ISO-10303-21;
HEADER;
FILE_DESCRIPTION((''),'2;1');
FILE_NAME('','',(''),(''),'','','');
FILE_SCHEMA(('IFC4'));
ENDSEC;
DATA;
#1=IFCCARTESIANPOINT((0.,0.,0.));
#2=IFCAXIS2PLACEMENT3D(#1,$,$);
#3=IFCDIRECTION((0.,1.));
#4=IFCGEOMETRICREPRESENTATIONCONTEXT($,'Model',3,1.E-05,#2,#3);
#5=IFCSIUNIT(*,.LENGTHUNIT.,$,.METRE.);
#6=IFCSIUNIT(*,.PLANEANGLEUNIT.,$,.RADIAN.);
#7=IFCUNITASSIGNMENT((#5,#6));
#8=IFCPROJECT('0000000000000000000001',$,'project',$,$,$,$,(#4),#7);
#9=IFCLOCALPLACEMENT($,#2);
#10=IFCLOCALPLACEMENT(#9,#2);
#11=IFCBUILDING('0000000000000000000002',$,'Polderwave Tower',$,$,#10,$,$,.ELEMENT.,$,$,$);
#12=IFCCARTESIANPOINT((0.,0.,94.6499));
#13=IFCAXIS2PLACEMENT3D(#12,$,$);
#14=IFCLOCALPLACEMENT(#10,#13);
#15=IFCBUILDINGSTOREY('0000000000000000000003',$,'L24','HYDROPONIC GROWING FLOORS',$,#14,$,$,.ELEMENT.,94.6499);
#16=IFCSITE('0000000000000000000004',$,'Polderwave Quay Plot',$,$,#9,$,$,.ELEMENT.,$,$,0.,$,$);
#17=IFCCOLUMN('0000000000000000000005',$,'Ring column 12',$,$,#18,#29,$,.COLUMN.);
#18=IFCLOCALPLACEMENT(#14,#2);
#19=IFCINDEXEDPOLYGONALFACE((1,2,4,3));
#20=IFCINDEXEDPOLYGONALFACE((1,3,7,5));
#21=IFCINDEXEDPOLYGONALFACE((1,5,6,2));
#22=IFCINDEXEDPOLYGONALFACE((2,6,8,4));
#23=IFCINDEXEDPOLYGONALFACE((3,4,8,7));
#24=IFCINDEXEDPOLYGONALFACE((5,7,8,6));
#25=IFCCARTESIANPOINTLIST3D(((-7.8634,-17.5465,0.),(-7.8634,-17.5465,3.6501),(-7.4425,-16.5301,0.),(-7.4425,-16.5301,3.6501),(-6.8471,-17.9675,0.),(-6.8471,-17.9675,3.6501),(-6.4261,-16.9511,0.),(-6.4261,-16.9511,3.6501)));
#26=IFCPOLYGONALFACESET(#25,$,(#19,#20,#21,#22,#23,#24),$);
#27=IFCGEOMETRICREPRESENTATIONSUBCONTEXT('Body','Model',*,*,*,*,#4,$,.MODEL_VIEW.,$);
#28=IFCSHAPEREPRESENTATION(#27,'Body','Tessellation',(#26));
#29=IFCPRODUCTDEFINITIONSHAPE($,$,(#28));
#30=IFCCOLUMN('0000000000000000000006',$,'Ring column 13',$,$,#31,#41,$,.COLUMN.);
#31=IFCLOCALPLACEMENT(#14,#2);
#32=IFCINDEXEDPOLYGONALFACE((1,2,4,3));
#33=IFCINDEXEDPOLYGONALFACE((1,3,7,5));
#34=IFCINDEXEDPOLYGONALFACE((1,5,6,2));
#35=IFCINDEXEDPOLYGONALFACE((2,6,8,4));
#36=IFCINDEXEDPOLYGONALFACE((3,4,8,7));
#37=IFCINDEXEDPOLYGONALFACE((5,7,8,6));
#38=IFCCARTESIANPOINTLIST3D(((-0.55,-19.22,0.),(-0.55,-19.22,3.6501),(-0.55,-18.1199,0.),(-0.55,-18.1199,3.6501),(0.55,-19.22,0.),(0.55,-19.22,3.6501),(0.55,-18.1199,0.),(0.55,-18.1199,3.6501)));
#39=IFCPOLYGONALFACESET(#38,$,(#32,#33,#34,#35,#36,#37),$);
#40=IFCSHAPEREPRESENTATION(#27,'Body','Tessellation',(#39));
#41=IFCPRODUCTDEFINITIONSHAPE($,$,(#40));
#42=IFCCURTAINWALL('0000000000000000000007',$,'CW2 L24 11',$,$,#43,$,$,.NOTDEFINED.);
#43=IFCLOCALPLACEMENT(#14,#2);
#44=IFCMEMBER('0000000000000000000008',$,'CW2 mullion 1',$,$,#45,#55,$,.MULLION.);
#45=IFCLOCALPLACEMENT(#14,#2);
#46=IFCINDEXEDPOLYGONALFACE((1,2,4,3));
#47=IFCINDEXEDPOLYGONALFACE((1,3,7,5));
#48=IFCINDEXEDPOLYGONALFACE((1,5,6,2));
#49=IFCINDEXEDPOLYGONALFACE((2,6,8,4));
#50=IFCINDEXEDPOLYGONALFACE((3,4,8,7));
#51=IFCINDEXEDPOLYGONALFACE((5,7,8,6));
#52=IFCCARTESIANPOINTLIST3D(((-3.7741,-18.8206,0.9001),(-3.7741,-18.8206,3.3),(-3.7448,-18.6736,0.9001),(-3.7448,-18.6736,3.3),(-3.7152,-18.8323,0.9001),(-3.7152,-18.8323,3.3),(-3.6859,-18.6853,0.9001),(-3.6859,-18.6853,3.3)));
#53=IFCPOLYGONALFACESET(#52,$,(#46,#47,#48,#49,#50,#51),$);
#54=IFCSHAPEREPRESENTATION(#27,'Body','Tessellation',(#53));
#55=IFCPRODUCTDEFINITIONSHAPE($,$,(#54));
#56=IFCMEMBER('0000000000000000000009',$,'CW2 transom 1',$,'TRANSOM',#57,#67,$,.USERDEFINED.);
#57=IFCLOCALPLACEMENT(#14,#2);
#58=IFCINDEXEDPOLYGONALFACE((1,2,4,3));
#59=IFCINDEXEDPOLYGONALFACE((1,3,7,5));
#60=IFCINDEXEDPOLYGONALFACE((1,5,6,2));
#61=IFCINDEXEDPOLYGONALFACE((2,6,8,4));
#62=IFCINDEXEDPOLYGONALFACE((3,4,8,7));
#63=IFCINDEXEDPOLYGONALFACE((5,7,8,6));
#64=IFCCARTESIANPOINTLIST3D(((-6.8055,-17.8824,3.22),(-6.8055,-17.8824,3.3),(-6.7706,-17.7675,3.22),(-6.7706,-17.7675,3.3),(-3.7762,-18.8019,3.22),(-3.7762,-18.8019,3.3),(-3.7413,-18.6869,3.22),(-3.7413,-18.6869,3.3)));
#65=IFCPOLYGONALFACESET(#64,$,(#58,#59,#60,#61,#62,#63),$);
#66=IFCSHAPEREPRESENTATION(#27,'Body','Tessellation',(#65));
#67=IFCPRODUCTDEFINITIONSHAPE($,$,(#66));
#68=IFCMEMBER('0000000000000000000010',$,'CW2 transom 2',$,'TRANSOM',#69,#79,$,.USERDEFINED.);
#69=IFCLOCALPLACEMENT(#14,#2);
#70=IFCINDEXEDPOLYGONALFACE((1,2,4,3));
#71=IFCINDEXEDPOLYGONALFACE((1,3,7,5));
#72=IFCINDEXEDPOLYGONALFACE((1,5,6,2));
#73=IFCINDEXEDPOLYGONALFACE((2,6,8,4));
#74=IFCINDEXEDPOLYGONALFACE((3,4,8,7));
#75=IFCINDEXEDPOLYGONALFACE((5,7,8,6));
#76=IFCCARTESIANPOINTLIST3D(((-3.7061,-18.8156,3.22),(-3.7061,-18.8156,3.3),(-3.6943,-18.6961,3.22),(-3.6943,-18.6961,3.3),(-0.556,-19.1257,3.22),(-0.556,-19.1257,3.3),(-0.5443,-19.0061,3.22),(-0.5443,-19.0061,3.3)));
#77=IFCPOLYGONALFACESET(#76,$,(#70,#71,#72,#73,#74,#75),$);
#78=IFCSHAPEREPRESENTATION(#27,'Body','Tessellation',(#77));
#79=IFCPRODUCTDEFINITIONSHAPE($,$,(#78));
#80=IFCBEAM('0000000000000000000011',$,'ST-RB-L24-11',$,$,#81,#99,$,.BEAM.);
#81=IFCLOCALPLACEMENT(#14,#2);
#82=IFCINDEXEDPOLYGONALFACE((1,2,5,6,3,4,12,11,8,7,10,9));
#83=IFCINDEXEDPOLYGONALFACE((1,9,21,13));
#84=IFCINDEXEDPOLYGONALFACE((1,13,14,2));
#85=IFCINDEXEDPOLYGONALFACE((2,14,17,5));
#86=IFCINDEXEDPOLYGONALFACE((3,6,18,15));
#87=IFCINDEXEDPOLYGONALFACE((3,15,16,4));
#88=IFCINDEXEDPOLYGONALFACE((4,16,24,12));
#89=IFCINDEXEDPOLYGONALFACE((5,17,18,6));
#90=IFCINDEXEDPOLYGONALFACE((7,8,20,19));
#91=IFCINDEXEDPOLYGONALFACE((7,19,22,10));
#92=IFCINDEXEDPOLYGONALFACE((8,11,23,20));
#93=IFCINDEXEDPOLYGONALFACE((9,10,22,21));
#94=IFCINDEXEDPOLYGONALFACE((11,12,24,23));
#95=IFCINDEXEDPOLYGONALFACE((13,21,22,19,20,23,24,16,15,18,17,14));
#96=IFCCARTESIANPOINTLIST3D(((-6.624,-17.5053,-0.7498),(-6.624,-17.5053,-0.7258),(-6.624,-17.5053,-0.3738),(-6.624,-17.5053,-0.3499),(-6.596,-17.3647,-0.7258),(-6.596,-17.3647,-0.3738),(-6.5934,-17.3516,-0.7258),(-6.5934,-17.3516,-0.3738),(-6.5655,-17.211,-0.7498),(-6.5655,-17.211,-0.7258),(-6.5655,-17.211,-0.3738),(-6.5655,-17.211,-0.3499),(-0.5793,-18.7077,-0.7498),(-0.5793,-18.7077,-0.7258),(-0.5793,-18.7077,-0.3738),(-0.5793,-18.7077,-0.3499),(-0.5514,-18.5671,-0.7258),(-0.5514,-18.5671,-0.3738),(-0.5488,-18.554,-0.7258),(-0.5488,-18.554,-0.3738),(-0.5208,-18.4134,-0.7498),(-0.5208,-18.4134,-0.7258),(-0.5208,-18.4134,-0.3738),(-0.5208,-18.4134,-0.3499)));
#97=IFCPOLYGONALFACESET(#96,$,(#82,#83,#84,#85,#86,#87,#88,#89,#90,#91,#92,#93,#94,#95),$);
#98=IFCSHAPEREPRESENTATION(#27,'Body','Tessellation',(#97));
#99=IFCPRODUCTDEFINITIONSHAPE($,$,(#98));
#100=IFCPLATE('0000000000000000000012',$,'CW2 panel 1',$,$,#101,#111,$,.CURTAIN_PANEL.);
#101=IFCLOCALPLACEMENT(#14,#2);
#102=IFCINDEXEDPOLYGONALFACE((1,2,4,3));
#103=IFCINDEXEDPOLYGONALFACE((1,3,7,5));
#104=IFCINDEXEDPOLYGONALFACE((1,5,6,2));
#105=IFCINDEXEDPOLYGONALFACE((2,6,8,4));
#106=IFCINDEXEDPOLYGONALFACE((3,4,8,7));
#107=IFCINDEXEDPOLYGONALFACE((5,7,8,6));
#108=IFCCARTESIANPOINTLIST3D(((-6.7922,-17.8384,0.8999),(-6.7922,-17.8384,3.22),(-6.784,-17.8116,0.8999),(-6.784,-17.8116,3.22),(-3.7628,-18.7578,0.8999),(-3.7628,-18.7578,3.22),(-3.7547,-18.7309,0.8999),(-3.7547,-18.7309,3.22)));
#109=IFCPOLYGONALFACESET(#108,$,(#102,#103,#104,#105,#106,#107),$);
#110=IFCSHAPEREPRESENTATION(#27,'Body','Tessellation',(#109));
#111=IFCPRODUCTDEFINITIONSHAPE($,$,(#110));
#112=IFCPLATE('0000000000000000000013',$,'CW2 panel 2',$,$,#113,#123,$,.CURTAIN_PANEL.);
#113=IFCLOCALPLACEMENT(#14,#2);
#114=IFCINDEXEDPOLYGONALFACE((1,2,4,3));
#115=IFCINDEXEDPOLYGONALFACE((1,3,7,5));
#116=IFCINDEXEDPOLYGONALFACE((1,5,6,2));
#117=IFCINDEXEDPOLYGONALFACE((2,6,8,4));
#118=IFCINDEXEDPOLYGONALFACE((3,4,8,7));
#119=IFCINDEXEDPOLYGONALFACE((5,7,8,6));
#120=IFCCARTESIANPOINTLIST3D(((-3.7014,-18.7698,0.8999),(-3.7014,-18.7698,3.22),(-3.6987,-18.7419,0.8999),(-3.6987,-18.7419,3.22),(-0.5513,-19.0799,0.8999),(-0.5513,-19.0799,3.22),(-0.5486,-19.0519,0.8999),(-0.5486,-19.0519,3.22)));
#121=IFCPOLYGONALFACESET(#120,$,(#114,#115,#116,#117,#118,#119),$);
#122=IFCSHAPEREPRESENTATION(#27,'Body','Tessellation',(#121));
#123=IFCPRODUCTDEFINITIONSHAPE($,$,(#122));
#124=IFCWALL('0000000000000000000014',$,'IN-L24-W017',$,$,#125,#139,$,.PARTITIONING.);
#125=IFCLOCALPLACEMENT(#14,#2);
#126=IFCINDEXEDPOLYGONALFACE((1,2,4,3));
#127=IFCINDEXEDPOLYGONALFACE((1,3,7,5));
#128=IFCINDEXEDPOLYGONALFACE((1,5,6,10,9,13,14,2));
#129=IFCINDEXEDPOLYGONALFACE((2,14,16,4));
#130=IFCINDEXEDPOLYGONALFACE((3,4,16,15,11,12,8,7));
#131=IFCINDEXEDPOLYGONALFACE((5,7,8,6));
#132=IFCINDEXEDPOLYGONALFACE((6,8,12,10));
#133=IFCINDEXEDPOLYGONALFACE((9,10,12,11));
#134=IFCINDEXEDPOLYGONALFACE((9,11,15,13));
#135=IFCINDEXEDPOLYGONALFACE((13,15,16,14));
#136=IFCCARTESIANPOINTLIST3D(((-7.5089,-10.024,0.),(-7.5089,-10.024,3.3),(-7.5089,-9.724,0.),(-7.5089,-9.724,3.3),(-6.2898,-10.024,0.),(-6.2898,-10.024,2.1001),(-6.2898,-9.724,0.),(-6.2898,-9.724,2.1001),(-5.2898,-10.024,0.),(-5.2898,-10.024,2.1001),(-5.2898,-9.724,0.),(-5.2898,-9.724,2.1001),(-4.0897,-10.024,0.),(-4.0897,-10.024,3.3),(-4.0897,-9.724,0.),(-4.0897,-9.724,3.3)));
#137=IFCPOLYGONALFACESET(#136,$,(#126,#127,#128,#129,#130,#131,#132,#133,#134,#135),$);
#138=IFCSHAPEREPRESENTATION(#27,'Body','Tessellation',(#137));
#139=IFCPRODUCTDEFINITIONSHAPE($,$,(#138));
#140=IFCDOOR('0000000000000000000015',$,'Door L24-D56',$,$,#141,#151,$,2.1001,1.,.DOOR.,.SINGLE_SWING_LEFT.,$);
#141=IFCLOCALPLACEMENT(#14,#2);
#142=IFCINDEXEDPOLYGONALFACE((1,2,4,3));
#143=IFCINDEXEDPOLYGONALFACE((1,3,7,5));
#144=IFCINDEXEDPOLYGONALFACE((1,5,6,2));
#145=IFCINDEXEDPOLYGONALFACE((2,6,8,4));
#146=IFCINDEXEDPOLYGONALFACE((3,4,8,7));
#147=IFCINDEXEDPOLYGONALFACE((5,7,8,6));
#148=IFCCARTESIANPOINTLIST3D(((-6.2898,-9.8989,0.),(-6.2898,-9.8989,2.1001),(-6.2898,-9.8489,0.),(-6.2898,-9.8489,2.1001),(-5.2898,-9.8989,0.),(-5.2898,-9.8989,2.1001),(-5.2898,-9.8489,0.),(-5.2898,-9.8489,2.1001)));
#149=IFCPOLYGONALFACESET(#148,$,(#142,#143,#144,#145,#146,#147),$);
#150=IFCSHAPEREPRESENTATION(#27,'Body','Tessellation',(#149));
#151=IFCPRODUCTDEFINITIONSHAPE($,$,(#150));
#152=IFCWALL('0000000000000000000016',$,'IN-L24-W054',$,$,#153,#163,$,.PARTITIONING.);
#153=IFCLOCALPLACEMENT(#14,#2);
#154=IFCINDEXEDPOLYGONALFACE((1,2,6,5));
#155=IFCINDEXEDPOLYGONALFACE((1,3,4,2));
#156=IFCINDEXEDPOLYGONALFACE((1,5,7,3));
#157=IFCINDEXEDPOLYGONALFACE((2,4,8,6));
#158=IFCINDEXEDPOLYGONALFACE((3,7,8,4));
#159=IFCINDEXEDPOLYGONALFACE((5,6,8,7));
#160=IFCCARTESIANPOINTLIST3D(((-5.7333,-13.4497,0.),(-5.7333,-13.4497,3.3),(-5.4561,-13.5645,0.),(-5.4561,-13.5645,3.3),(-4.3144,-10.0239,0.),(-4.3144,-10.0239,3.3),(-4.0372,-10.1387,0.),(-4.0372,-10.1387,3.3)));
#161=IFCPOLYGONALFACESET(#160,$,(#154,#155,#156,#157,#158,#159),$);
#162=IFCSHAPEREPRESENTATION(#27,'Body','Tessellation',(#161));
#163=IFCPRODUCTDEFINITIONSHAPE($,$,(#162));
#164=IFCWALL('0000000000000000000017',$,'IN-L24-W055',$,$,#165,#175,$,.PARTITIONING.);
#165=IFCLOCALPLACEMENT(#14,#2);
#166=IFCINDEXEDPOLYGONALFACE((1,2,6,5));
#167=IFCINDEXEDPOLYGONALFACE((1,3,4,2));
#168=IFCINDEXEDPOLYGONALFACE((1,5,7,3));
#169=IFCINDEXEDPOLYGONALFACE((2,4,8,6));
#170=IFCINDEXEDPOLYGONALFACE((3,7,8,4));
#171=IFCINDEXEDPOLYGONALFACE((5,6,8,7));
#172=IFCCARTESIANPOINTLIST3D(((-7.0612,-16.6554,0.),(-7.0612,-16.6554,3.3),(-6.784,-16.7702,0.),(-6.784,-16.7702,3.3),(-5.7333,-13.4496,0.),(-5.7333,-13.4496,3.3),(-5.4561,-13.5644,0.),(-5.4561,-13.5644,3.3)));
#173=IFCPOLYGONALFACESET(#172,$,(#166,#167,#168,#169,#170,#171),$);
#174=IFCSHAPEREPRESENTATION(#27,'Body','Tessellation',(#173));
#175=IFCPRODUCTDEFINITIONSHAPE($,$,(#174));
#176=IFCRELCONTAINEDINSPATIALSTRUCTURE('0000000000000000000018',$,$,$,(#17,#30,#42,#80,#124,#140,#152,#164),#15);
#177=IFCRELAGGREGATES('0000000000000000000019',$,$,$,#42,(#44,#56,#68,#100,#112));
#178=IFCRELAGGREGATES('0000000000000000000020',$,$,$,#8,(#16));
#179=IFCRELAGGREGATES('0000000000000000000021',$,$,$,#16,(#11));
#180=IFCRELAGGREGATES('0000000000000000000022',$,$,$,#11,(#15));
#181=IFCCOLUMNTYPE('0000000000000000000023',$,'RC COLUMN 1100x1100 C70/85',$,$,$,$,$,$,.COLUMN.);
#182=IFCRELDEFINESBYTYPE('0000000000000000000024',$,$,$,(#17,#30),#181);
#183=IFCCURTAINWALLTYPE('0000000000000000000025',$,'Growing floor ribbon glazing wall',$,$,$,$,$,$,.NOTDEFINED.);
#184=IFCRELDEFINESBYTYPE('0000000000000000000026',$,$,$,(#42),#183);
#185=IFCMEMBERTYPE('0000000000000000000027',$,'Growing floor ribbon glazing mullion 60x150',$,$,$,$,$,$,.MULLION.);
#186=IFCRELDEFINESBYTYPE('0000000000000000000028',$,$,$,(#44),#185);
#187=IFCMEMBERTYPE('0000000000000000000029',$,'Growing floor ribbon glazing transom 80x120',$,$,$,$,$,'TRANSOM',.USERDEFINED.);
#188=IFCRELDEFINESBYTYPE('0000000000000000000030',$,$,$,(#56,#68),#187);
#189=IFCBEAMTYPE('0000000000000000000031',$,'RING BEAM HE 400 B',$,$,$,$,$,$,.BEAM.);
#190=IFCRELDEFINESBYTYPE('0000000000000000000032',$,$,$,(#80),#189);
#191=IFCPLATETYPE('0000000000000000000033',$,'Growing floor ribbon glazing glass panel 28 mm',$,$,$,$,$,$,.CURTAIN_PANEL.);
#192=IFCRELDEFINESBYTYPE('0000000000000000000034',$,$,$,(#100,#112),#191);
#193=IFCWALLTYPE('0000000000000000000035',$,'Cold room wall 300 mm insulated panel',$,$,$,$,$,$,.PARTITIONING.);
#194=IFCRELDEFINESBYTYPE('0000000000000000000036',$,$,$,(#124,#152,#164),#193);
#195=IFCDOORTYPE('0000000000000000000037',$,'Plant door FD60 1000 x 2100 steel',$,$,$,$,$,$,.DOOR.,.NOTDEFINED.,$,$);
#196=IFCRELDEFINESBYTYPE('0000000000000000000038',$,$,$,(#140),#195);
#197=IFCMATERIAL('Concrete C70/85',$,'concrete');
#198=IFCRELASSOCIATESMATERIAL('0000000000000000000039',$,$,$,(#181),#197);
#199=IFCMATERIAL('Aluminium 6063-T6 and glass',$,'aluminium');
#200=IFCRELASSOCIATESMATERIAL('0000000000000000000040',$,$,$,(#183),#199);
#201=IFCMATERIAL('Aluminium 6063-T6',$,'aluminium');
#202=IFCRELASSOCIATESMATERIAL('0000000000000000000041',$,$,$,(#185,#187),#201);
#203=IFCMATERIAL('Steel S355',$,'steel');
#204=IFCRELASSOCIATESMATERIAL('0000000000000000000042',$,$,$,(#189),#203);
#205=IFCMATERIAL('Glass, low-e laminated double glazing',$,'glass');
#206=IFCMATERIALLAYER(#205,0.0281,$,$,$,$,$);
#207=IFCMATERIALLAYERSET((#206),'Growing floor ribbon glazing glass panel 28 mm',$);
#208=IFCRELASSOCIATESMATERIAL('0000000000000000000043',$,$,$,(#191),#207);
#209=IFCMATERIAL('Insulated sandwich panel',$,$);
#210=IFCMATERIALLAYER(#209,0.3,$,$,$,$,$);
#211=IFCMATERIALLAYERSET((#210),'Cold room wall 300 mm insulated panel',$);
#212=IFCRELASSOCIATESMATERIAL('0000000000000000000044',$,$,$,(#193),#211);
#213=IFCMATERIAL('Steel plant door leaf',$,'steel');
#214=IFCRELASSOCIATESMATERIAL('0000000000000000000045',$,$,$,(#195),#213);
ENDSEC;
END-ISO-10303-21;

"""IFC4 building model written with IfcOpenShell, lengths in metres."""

from ifc_helpers import new_model, si_unit, direction, frame, frame_2d, origin, origin_2d, place, context, subcontext, project, spatial, rectangle, i_section, extrude, material, layer, layer_set, material_profile, profile_set, type_object, element, fill, aggregate, save


model = new_model("IFC4")

# Units and contexts
model_context = context("Model", 3, precision=1e-05, world=origin(), true_north=direction((0.0, 1.0)))
body_context = subcontext(model_context, "Body", "Model", "MODEL_VIEW")
ifc_project = project(units=[si_unit("LENGTHUNIT", "METRE"), si_unit("PLANEANGLEUNIT", "RADIAN")], contexts=[model_context])

# Site, building, storey
site_placement = place(None, origin())
site = spatial("IfcSite", under=ifc_project, at=site_placement, Name="Polderwave Quay Plot", CompositionType="ELEMENT", RefElevation=0.0)
building_placement = place(site_placement, origin())
building = spatial("IfcBuilding", under=site, at=building_placement, Name="Polderwave Tower", CompositionType="ELEMENT")
storey_placement = place(building_placement, frame((0.0, 0.0, 94.6499)))
storey = spatial("IfcBuildingStorey", under=building, at=storey_placement, Name="L24", Description="HYDROPONIC GROWING FLOORS", CompositionType="ELEMENT", Elevation=94.6499)

# Columns
ifc_material_1 = material(Name="Concrete C70/85", Category="concrete")
ifc_material_profile_1 = material_profile(ifc_material_1, rectangle(XDim=1.1001, YDim=1.1001, at=origin_2d()), Name="RC 1100x1100")
ifc_profile_set_1 = profile_set([ifc_material_profile_1], Name="Concrete C70/85")
column_type = type_object("IfcColumnType", Name="RC COLUMN 1100x1100 C70/85", PredefinedType="COLUMN", material=ifc_profile_set_1)
for number, where, z_axis, x_axis, name in (
    (1, (-7.1448, -17.2488, 0.0), (0.0, 0.0, 1.0), (-0.382683, -0.92388, 0.0), "Ring column 12"),
    (2, (0.0, -18.6699, 0.0), (0.0, 0.0, 1.0), (0.0, -1.0, 0.0), "Ring column 13"),
):
    element("IfcColumn", number, at=place(storey_placement, frame(where, z_axis=z_axis, x_axis=x_axis)), inside=storey, type_object=column_type, Name=name, PredefinedType="COLUMN", context=body_context, shape_type="SweptSolid", body=[
        extrude(rectangle(XDim=1.1001, YDim=1.1001, at=origin_2d()), origin(), (0.0, 0.0, 1.0), 3.6501),
    ])

# Curtain wall, members
ifc_material_2 = material(Name="Aluminium 6063-T6 and glass", Category="aluminium")
curtain_wall_type = type_object("IfcCurtainWallType", Name="Growing floor ribbon glazing wall", PredefinedType="NOTDEFINED", material=ifc_material_2)
curtain_wall_placement = place(storey_placement, origin())
curtain_wall = element("IfcCurtainWall", 3, at=curtain_wall_placement, inside=storey, type_object=curtain_wall_type, Name="CW2 L24 11", PredefinedType="NOTDEFINED")
ifc_material_3 = material(Name="Aluminium 6063-T6", Category="aluminium")
ifc_material_profile_2 = material_profile(ifc_material_3, rectangle(XDim=0.1499, YDim=0.0601, at=origin_2d()), Name="AL 60x150")
ifc_profile_set_2 = profile_set([ifc_material_profile_2], Name="Aluminium 6063-T6")
member_type_1 = type_object("IfcMemberType", Name="Growing floor ribbon glazing mullion 60x150", PredefinedType="MULLION", material=ifc_profile_set_2)
member_1_placement = place(storey_placement, frame((-3.73, -18.7529, 0.9001), z_axis=(0.0, 0.0, 1.0), x_axis=(0.195113, 0.980781, 0.0)))
member_1 = element("IfcMember", 4, at=member_1_placement, type_object=member_type_1, Name="CW2 mullion 1", PredefinedType="MULLION", context=body_context, shape_type="SweptSolid", body=[
    extrude(rectangle(XDim=0.1499, YDim=0.0601, at=origin_2d()), origin(), (0.0, 0.0, 1.0), 2.3999),
])
ifc_material_profile_3 = material_profile(ifc_material_3, rectangle(XDim=0.1201, YDim=0.0801, at=origin_2d()), Name="AL 80x120")
ifc_profile_set_3 = profile_set([ifc_material_profile_3], Name="Aluminium 6063-T6")
member_type_2 = type_object("IfcMemberType", Name="Growing floor ribbon glazing transom 80x120", ElementType="TRANSOM", PredefinedType="USERDEFINED", material=ifc_profile_set_3)
member_2_placement = place(storey_placement, frame((-6.7881, -17.825, 3.26), z_axis=(0.956896, -0.290431, 0.0), x_axis=(0.290431, 0.956896, 0.0)))
member_2 = element("IfcMember", 5, at=member_2_placement, type_object=member_type_2, Name="CW2 transom 1", ObjectType="TRANSOM", PredefinedType="USERDEFINED", context=body_context, shape_type="SweptSolid", body=[
    extrude(rectangle(XDim=0.1201, YDim=0.0801, at=origin_2d()), origin(), (0.0, 0.0, 1.0), 3.1658),
])
member_3_placement = place(storey_placement, frame((-3.7002, -18.7559, 3.26), z_axis=(0.995191, -0.097953, 0.0), x_axis=(0.097953, 0.995191, 0.0)))
member_3 = element("IfcMember", 6, at=member_3_placement, type_object=member_type_2, Name="CW2 transom 2", ObjectType="TRANSOM", PredefinedType="USERDEFINED", context=body_context, shape_type="SweptSolid", body=[
    extrude(rectangle(XDim=0.1201, YDim=0.0801, at=origin_2d()), origin(), (0.0, 0.0, 1.0), 3.1653),
])

# Beam
ifc_material_4 = material(Name="Steel S355", Category="steel")
ifc_material_profile_4 = material_profile(ifc_material_4, i_section(OverallWidth=0.3, OverallDepth=0.3999, WebThickness=0.0134, FlangeThickness=0.0239, at=origin_2d()), Name="HE 400 B")
ifc_profile_set_4 = profile_set([ifc_material_profile_4], Name="Steel S355")
beam_type = type_object("IfcBeamType", Name="RING BEAM HE 400 B", PredefinedType="BEAM", material=ifc_profile_set_4)
beam_placement = place(storey_placement, frame((-6.5947, -17.3582, -0.5498), z_axis=(0.980784, -0.195095, 0.0), x_axis=(0.195095, 0.980784, 0.0)))
element("IfcBeam", 7, at=beam_placement, inside=storey, type_object=beam_type, Name="ST-RB-L24-11", PredefinedType="BEAM", context=body_context, shape_type="SweptSolid", body=[
    extrude(i_section(OverallWidth=0.3, OverallDepth=0.3999, WebThickness=0.0134, FlangeThickness=0.0239, at=origin_2d()), origin(), (0.0, 0.0, 1.0), 6.1631),
])

# Plates
ifc_material_5 = material(Name="Glass, low-e laminated double glazing", Category="glass")
ifc_layer_1 = layer(ifc_material_5, 0.0281)
ifc_layer_set_1 = layer_set([ifc_layer_1], Name="Growing floor ribbon glazing glass panel 28 mm")
plate_type = type_object("IfcPlateType", Name="Growing floor ribbon glazing glass panel 28 mm", PredefinedType="CURTAIN_PANEL", material=ifc_layer_set_1)
plate_1_placement = place(storey_placement, frame((-5.2734, -18.2847, 0.8999), z_axis=(0.0, 0.0, 1.0), x_axis=(0.956908, -0.29039, 0.0)))
plate_1 = element("IfcPlate", 8, at=plate_1_placement, type_object=plate_type, Name="CW2 panel 1", PredefinedType="CURTAIN_PANEL", context=body_context, shape_type="SweptSolid", body=[
    extrude(rectangle(XDim=3.1658, YDim=0.0281, at=origin_2d()), origin(), (0.0, 0.0, 1.0), 2.3201),
])
plate_2_placement = place(storey_placement, frame((-2.125, -18.9109, 0.8999), z_axis=(0.0, 0.0, 1.0), x_axis=(0.995191, -0.097955, 0.0)))
plate_2 = element("IfcPlate", 9, at=plate_2_placement, type_object=plate_type, Name="CW2 panel 2", PredefinedType="CURTAIN_PANEL", context=body_context, shape_type="SweptSolid", body=[
    extrude(rectangle(XDim=3.1653, YDim=0.0281, at=origin_2d()), origin(), (0.0, 0.0, 1.0), 2.3201),
])
aggregate(curtain_wall, [member_1, member_2, member_3, plate_1, plate_2])

# Wall, opening, door
ifc_material_6 = material(Name="Insulated sandwich panel")
ifc_layer_2 = layer(ifc_material_6, 0.3)
ifc_layer_set_2 = layer_set([ifc_layer_2], Name="Cold room wall 300 mm insulated panel")
wall_type_1 = type_object("IfcWallType", Name="Cold room wall 300 mm insulated panel", PredefinedType="PARTITIONING", material=ifc_layer_set_2)
wall_1_placement = place(storey_placement, frame((-4.0898, -9.874, 0.0), z_axis=(0.0, 0.0, 1.0), x_axis=(-1.0, 0.0, 0.0)))
wall_1 = element("IfcWall", 10, at=wall_1_placement, inside=storey, type_object=wall_type_1, Name="IN-L24-W017", PredefinedType="PARTITIONING", context=body_context, shape_type="SweptSolid", body=[
    extrude(rectangle(XDim=3.4192, YDim=0.3, at=frame_2d((1.7095, 0.0))), origin(), (0.0, 0.0, 1.0), 3.3),
])
opening_1_placement = place(wall_1_placement, frame((1.2, 0.0, 0.0)))
opening_1 = element("IfcOpeningElement", 11, at=opening_1_placement, cuts=wall_1, PredefinedType="OPENING", context=body_context, shape_type="SweptSolid", body=[
    extrude(rectangle(XDim=1.0, YDim=2.1001, at=frame_2d((0.5, 1.05))), frame((0.0, 0.1599, 0.0), z_axis=(0.0, -1.0, 0.0), x_axis=(1.0, 0.0, 0.0)), (0.0, 0.0, 1.0), 0.3201),
])
ifc_material_7 = material(Name="Steel plant door leaf", Category="steel")
door_type_1 = type_object("IfcDoorType", Name="Plant door FD60 1000 x 2100 steel", OperationType="NOTDEFINED", PredefinedType="DOOR", material=ifc_material_7)
door_1_placement = place(opening_1_placement, origin())
door_1 = element("IfcDoor", 12, at=door_1_placement, inside=storey, type_object=door_type_1, Name="Door L24-D56", OperationType="SINGLE_SWING_LEFT", OverallHeight=2.1001, OverallWidth=1.0, PredefinedType="DOOR", context=body_context, shape_type="SweptSolid", body=[
    extrude(rectangle(XDim=1.0, YDim=2.1001, at=frame_2d((0.5, 1.05))), frame((0.0, 0.0249, 0.0), z_axis=(0.0, -1.0, 0.0), x_axis=(1.0, 0.0, 0.0)), (0.0, 0.0, 1.0), 0.05),
])
fill(opening_1, door_1)

# Walls
wall_2_placement = place(storey_placement, frame((-4.1758, -10.0813, 0.0), z_axis=(0.0, 0.0, 1.0), x_axis=(-0.38267, -0.923885, 0.0)))
element("IfcWall", 13, at=wall_2_placement, inside=storey, type_object=wall_type_1, Name="IN-L24-W054", PredefinedType="PARTITIONING", context=body_context, shape_type="SweptSolid", body=[
    extrude(rectangle(XDim=3.708, YDim=0.3, at=frame_2d((1.854, 0.0))), origin(), (0.0, 0.0, 1.0), 3.3),
])
wall_3_placement = place(storey_placement, frame((-5.5947, -13.5071, 0.0), z_axis=(0.0, 0.0, 1.0), x_axis=(-0.382681, -0.92388, 0.0)))
element("IfcWall", 14, at=wall_3_placement, inside=storey, type_object=wall_type_1, Name="IN-L24-W055", PredefinedType="PARTITIONING", context=body_context, shape_type="SweptSolid", body=[
    extrude(rectangle(XDim=3.47, YDim=0.3, at=frame_2d((1.7349, 0.0))), origin(), (0.0, 0.0, 1.0), 3.3),
])

save(model, "model.ifc")
